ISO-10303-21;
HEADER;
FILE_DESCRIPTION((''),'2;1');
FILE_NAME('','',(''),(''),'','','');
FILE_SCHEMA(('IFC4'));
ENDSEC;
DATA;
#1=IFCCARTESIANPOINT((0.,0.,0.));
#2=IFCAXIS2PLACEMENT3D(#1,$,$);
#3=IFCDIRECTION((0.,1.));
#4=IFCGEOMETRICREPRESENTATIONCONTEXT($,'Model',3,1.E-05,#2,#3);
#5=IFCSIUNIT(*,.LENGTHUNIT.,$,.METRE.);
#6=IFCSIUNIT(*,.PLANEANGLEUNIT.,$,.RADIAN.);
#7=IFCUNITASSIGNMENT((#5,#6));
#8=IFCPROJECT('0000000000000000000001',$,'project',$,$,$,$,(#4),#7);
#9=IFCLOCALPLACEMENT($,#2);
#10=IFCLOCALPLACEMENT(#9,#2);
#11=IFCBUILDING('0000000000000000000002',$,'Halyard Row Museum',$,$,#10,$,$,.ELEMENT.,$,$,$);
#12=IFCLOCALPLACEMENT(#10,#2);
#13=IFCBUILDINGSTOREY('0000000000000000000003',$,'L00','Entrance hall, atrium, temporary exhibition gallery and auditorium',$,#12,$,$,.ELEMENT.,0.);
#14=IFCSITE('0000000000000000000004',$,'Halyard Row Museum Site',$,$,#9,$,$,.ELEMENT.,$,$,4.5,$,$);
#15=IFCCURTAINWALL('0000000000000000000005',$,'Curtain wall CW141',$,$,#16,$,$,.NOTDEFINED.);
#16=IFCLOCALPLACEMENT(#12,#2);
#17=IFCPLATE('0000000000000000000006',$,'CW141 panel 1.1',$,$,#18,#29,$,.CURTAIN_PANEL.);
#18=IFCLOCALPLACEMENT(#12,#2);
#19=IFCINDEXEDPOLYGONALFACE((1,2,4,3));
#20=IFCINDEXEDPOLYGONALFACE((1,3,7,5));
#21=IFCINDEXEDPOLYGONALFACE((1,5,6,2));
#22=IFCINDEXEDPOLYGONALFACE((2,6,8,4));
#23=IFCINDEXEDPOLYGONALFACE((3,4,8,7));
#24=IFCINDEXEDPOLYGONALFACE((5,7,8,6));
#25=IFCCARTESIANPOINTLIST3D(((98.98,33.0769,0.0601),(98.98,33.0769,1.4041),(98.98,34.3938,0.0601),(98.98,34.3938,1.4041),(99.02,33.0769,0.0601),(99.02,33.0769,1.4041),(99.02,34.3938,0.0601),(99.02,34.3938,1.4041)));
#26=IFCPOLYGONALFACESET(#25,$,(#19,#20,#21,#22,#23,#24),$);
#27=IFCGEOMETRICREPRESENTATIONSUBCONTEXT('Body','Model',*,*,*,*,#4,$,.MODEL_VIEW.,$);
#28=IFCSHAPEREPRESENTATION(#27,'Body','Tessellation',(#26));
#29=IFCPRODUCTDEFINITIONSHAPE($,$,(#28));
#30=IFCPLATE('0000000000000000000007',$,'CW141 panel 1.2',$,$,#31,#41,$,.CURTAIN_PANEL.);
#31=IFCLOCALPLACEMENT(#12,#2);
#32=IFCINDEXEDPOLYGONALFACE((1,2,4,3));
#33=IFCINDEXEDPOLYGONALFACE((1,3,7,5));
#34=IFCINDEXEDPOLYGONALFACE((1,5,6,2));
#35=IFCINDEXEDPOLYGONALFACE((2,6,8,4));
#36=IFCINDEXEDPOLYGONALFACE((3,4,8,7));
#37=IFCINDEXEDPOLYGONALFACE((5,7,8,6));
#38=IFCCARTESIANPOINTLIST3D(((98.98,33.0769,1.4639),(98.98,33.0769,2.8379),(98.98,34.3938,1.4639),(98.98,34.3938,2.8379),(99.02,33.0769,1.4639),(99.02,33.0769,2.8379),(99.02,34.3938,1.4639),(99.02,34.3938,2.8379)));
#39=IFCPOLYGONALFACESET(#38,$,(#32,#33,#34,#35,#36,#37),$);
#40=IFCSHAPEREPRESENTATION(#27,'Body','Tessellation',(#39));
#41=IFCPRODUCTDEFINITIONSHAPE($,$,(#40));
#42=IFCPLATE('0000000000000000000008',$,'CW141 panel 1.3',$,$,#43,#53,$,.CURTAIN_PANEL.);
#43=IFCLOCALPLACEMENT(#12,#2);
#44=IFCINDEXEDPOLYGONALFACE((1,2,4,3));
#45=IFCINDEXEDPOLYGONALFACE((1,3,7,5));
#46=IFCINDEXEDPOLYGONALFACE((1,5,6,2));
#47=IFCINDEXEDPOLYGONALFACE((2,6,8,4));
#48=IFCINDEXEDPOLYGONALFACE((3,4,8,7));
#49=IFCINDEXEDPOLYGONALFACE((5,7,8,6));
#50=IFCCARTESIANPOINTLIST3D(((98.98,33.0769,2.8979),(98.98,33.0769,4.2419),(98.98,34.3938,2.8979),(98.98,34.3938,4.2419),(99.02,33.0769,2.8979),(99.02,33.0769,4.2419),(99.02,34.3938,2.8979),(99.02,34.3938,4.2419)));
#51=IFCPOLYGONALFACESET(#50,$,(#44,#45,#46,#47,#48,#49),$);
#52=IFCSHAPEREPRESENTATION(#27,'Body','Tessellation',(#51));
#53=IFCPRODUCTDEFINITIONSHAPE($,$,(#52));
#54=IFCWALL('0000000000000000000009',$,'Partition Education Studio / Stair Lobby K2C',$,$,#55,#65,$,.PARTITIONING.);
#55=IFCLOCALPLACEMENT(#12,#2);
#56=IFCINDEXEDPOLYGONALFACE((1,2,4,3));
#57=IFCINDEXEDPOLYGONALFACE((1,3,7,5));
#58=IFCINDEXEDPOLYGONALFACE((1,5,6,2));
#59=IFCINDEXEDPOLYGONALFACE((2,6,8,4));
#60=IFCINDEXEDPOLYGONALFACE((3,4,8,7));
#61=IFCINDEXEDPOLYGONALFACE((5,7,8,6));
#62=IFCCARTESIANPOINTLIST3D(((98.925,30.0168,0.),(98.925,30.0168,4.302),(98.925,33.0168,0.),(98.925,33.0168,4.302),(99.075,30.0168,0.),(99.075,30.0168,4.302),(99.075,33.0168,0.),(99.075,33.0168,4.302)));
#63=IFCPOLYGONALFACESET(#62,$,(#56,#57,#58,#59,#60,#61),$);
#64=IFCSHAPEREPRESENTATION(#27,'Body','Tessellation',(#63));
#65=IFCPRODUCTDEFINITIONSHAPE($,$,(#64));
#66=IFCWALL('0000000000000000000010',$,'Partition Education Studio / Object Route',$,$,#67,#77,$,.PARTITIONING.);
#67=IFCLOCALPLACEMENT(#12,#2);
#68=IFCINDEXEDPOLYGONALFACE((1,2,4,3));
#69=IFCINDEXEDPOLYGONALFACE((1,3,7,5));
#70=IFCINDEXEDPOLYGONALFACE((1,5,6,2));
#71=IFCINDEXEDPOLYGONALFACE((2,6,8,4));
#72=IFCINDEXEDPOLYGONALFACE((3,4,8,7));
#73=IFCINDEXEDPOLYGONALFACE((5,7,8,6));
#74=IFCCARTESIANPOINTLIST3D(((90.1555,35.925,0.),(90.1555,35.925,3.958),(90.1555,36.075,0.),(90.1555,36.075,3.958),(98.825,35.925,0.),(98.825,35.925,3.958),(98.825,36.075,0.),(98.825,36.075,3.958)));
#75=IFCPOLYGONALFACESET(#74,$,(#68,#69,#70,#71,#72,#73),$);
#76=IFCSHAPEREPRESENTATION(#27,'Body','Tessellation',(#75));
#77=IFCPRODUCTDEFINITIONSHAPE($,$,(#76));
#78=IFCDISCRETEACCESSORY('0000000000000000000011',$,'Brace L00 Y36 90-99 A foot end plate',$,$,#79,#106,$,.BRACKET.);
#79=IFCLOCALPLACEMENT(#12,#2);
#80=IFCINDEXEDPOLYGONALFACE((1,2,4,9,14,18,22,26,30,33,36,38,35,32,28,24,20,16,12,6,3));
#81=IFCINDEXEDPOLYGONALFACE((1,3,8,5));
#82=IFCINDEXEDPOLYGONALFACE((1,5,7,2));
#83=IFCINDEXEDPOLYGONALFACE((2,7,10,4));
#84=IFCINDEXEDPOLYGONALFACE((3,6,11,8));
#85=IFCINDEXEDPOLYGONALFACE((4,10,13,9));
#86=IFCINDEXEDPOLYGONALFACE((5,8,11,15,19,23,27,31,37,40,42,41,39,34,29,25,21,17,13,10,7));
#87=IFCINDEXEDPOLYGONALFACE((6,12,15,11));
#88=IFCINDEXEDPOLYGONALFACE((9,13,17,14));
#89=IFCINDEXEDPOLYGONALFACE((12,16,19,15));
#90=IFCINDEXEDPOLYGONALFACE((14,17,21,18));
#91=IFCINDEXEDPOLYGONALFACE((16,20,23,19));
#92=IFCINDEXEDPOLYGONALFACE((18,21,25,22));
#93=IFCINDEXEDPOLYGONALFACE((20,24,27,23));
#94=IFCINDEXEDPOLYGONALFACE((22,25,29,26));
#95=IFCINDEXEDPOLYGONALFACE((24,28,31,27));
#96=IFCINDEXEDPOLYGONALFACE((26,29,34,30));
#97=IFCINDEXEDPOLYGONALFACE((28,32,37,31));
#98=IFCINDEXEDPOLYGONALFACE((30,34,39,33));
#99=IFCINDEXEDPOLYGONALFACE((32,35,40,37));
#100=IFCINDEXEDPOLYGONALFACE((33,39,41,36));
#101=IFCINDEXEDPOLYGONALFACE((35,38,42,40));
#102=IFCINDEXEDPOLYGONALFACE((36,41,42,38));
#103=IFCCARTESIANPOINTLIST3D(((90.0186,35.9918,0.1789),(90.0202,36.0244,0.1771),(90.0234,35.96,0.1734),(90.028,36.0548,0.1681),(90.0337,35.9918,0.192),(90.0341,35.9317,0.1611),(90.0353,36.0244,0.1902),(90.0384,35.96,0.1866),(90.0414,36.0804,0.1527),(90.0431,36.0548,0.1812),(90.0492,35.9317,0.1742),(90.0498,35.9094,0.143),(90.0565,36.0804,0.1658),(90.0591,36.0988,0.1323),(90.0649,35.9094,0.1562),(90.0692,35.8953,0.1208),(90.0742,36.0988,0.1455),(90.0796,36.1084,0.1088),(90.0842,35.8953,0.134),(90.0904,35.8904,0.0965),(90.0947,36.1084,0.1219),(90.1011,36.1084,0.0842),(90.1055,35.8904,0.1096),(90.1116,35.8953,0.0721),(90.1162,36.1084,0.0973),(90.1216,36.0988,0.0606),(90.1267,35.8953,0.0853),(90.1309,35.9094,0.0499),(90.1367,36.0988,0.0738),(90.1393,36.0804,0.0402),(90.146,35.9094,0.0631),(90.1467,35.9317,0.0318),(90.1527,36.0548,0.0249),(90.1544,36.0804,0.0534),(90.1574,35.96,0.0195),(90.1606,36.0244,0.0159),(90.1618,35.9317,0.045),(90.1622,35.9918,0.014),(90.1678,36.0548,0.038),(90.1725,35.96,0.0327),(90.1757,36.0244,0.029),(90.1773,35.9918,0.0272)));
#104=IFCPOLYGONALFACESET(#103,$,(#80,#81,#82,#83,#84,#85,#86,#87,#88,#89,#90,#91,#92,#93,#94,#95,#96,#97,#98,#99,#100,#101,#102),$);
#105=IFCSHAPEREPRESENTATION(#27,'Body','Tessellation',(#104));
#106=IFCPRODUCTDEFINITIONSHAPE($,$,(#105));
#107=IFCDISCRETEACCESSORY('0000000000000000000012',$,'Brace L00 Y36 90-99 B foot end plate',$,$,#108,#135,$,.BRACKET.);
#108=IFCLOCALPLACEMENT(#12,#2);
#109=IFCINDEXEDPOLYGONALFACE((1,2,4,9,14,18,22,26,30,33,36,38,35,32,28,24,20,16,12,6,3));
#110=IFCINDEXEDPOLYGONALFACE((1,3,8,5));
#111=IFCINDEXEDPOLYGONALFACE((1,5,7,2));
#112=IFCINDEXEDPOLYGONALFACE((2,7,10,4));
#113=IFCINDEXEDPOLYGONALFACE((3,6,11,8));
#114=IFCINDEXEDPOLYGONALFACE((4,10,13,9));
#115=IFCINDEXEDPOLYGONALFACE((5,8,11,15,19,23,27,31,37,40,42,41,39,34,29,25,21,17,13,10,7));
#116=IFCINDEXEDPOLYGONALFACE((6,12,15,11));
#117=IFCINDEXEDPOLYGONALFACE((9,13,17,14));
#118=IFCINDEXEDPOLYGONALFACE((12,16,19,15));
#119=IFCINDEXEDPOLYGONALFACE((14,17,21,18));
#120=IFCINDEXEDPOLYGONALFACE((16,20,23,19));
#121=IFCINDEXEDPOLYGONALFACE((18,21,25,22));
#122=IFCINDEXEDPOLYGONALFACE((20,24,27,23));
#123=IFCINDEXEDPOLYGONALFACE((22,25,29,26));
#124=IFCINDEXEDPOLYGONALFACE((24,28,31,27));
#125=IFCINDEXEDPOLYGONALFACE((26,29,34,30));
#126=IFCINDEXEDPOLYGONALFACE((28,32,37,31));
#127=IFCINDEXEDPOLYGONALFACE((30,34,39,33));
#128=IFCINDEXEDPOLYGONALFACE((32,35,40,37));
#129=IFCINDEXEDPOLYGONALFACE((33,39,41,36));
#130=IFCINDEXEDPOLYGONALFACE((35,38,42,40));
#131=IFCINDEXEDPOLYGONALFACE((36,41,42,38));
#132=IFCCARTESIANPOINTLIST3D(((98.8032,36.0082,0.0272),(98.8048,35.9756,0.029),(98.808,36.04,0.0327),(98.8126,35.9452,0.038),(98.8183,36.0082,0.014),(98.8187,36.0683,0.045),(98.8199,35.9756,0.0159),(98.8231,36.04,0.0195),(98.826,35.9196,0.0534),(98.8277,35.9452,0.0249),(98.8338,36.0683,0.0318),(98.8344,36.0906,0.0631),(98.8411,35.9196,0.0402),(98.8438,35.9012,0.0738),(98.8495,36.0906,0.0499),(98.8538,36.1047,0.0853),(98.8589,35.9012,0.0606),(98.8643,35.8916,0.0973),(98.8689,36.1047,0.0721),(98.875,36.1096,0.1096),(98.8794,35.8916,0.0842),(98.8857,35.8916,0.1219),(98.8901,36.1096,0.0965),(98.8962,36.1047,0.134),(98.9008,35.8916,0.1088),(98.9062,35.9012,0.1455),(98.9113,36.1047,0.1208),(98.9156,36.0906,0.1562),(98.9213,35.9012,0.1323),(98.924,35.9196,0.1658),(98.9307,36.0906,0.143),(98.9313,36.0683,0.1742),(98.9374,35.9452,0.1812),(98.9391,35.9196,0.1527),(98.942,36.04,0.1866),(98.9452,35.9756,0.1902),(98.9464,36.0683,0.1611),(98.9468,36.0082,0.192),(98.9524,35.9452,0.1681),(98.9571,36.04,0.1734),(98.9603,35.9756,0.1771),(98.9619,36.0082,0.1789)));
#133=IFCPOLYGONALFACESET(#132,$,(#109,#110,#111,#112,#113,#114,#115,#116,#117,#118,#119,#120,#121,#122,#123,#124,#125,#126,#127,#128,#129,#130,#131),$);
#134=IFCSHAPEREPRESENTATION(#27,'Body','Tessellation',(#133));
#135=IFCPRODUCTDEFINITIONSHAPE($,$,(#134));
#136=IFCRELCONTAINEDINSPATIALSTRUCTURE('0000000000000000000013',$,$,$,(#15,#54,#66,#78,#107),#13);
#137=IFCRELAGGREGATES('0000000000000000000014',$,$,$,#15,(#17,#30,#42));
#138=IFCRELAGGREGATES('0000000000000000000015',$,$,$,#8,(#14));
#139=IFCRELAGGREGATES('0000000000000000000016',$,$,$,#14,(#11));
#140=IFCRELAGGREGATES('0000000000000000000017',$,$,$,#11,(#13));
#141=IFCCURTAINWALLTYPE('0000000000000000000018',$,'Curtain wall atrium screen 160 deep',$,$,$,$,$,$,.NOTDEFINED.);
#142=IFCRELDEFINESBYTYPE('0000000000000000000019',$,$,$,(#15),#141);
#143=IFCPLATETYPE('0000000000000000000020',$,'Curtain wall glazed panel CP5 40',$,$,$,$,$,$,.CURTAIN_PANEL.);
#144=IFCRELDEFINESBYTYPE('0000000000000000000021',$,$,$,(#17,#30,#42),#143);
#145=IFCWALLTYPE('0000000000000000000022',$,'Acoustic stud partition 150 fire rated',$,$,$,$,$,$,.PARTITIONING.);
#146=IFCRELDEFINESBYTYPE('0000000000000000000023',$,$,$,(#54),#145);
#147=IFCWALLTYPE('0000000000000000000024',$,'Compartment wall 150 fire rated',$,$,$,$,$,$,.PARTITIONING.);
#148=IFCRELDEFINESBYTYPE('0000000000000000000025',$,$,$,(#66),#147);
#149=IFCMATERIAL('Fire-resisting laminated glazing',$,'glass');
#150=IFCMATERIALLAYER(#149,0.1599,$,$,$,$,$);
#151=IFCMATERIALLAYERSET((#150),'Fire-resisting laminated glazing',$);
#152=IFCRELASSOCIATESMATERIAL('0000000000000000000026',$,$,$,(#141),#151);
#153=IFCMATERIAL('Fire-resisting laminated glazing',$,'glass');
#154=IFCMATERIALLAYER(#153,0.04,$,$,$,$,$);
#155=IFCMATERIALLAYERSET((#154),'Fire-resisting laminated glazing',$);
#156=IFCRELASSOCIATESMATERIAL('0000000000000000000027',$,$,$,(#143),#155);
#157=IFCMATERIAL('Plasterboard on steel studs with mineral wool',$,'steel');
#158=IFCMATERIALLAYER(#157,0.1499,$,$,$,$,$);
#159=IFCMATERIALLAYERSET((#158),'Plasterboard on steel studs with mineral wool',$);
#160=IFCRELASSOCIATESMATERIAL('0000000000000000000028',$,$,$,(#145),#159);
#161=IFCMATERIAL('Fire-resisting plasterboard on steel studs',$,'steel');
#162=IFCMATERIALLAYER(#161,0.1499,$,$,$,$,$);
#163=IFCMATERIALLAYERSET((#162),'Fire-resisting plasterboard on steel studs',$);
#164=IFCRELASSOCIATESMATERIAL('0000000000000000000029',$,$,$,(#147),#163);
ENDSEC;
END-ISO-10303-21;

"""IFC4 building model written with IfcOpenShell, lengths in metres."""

from ifc_helpers import new_model, si_unit, direction, frame, frame_2d, origin, origin_2d, place, context, subcontext, project, spatial, rectangle, circle, extrude, material, layer, layer_set, type_object, element, aggregate, save


model = new_model("IFC4")

# Units and contexts
model_context = context("Model", 3, precision=1e-05, world=origin(), true_north=direction((0.0, 1.0)))
body_context = subcontext(model_context, "Body", "Model", "MODEL_VIEW")
ifc_project = project(units=[si_unit("LENGTHUNIT", "METRE"), si_unit("PLANEANGLEUNIT", "RADIAN")], contexts=[model_context])

# Site, building, storey
site_placement = place(None, origin())
site = spatial("IfcSite", under=ifc_project, at=site_placement, Name="Halyard Row Museum Site", CompositionType="ELEMENT", RefElevation=4.5)
building_placement = place(site_placement, origin())
building = spatial("IfcBuilding", under=site, at=building_placement, Name="Halyard Row Museum", CompositionType="ELEMENT")
storey_placement = place(building_placement, origin())
storey = spatial("IfcBuildingStorey", under=building, at=storey_placement, Name="L00", Description="Entrance hall, atrium, temporary exhibition gallery and auditorium", CompositionType="ELEMENT", Elevation=0.0)

# Shared definitions
ifc_material_1 = material(Name="Fire-resisting laminated glazing", Category="glass")
ifc_layer_1 = layer(ifc_material_1, 0.1599)
ifc_layer_set_1 = layer_set([ifc_layer_1], Name="Fire-resisting laminated glazing")
curtain_wall_type = type_object("IfcCurtainWallType", Name="Curtain wall atrium screen 160 deep", PredefinedType="NOTDEFINED", material=ifc_layer_set_1)

# Curtain wall
curtain_wall_1_placement = place(storey_placement, origin())
curtain_wall_1 = element("IfcCurtainWall", 1, at=curtain_wall_1_placement, inside=storey, type_object=curtain_wall_type, Name="Curtain wall CW141", PredefinedType="NOTDEFINED")

# Plates
ifc_material_2 = material(Name="Fire-resisting laminated glazing", Category="glass")
ifc_layer_2 = layer(ifc_material_2, 0.04)
ifc_layer_set_2 = layer_set([ifc_layer_2], Name="Fire-resisting laminated glazing")
plate_type = type_object("IfcPlateType", Name="Curtain wall glazed panel CP5 40", PredefinedType="CURTAIN_PANEL", material=ifc_layer_set_2)
plate_1_placement = place(storey_placement, frame((99.0, 33.7354, 0.0601), z_axis=(0.0, 0.0, 1.0), x_axis=(0.0, 1.0, 0.0)))
plate_1 = element("IfcPlate", 2, at=plate_1_placement, type_object=plate_type, Name="CW141 panel 1.1", PredefinedType="CURTAIN_PANEL", context=body_context, shape_type="SweptSolid", body=[
    extrude(rectangle(XDim=1.3169, YDim=0.04, at=origin_2d()), origin(), (0.0, 0.0, 1.0), 1.344),
])
plate_2_placement = place(storey_placement, frame((99.0, 33.7354, 1.4639), z_axis=(0.0, 0.0, 1.0), x_axis=(0.0, 1.0, 0.0)))
plate_2 = element("IfcPlate", 3, at=plate_2_placement, type_object=plate_type, Name="CW141 panel 1.2", PredefinedType="CURTAIN_PANEL", context=body_context, shape_type="SweptSolid", body=[
    extrude(rectangle(XDim=1.3169, YDim=0.04, at=origin_2d()), origin(), (0.0, 0.0, 1.0), 1.374),
])
plate_3_placement = place(storey_placement, frame((99.0, 33.7354, 2.8979), z_axis=(0.0, 0.0, 1.0), x_axis=(0.0, 1.0, 0.0)))
plate_3 = element("IfcPlate", 4, at=plate_3_placement, type_object=plate_type, Name="CW141 panel 1.3", PredefinedType="CURTAIN_PANEL", context=body_context, shape_type="SweptSolid", body=[
    extrude(rectangle(XDim=1.3169, YDim=0.04, at=origin_2d()), origin(), (0.0, 0.0, 1.0), 1.344),
])
aggregate(curtain_wall_1, [plate_1, plate_2, plate_3])

# Walls
ifc_material_3 = material(Name="Plasterboard on steel studs with mineral wool", Category="steel")
ifc_layer_3 = layer(ifc_material_3, 0.1499)
ifc_layer_set_3 = layer_set([ifc_layer_3], Name="Plasterboard on steel studs with mineral wool")
wall_type_1 = type_object("IfcWallType", Name="Acoustic stud partition 150 fire rated", PredefinedType="PARTITIONING", material=ifc_layer_set_3)
wall_1_placement = place(storey_placement, frame((99.0, 30.0168, 0.0), z_axis=(0.0, 0.0, 1.0), x_axis=(0.0, 1.0, 0.0)))
element("IfcWall", 5, at=wall_1_placement, inside=storey, type_object=wall_type_1, Name="Partition Education Studio / Stair Lobby K2C", PredefinedType="PARTITIONING", context=body_context, shape_type="SweptSolid", body=[
    extrude(rectangle(XDim=3.0, YDim=0.1499, at=frame_2d((1.5, 0.0))), origin(), (0.0, 0.0, 1.0), 4.302),
])
ifc_material_4 = material(Name="Fire-resisting plasterboard on steel studs", Category="steel")
ifc_layer_4 = layer(ifc_material_4, 0.1499)
ifc_layer_set_4 = layer_set([ifc_layer_4], Name="Fire-resisting plasterboard on steel studs")
wall_type_2 = type_object("IfcWallType", Name="Compartment wall 150 fire rated", PredefinedType="PARTITIONING", material=ifc_layer_set_4)
wall_2_placement = place(storey_placement, frame((90.1555, 36.0, 0.0), z_axis=(0.0, 0.0, 1.0), x_axis=(1.0, 0.0, 0.0)))
element("IfcWall", 6, at=wall_2_placement, inside=storey, type_object=wall_type_2, Name="Partition Education Studio / Object Route", PredefinedType="PARTITIONING", context=body_context, shape_type="SweptSolid", body=[
    extrude(rectangle(XDim=8.6694, YDim=0.1499, at=frame_2d((4.3347, 0.0))), origin(), (0.0, 0.0, 1.0), 3.958),
])

# Discrete accessories
for number, where, z_axis, x_axis, name in (
    (7, (90.1055, 36.0, 0.1096), (-0.754082, 0.0, -0.656781), (0.0, -1.0, 0.0), "Brace L00 Y36 90-99 A foot end plate"),
    (8, (98.875, 36.0, 0.1096), (0.754082, 0.0, -0.656781), (0.0, 1.0, 0.0), "Brace L00 Y36 90-99 B foot end plate"),
):
    element("IfcDiscreteAccessory", number, at=place(storey_placement, frame(where, z_axis=z_axis, x_axis=x_axis)), inside=storey, Name=name, PredefinedType="BRACKET", context=body_context, shape_type="SweptSolid", body=[
        extrude(circle(Radius=0.1096, at=origin_2d()), origin(), (0.0, 0.0, 1.0), 0.02),
    ])

save(model, "model.ifc")
